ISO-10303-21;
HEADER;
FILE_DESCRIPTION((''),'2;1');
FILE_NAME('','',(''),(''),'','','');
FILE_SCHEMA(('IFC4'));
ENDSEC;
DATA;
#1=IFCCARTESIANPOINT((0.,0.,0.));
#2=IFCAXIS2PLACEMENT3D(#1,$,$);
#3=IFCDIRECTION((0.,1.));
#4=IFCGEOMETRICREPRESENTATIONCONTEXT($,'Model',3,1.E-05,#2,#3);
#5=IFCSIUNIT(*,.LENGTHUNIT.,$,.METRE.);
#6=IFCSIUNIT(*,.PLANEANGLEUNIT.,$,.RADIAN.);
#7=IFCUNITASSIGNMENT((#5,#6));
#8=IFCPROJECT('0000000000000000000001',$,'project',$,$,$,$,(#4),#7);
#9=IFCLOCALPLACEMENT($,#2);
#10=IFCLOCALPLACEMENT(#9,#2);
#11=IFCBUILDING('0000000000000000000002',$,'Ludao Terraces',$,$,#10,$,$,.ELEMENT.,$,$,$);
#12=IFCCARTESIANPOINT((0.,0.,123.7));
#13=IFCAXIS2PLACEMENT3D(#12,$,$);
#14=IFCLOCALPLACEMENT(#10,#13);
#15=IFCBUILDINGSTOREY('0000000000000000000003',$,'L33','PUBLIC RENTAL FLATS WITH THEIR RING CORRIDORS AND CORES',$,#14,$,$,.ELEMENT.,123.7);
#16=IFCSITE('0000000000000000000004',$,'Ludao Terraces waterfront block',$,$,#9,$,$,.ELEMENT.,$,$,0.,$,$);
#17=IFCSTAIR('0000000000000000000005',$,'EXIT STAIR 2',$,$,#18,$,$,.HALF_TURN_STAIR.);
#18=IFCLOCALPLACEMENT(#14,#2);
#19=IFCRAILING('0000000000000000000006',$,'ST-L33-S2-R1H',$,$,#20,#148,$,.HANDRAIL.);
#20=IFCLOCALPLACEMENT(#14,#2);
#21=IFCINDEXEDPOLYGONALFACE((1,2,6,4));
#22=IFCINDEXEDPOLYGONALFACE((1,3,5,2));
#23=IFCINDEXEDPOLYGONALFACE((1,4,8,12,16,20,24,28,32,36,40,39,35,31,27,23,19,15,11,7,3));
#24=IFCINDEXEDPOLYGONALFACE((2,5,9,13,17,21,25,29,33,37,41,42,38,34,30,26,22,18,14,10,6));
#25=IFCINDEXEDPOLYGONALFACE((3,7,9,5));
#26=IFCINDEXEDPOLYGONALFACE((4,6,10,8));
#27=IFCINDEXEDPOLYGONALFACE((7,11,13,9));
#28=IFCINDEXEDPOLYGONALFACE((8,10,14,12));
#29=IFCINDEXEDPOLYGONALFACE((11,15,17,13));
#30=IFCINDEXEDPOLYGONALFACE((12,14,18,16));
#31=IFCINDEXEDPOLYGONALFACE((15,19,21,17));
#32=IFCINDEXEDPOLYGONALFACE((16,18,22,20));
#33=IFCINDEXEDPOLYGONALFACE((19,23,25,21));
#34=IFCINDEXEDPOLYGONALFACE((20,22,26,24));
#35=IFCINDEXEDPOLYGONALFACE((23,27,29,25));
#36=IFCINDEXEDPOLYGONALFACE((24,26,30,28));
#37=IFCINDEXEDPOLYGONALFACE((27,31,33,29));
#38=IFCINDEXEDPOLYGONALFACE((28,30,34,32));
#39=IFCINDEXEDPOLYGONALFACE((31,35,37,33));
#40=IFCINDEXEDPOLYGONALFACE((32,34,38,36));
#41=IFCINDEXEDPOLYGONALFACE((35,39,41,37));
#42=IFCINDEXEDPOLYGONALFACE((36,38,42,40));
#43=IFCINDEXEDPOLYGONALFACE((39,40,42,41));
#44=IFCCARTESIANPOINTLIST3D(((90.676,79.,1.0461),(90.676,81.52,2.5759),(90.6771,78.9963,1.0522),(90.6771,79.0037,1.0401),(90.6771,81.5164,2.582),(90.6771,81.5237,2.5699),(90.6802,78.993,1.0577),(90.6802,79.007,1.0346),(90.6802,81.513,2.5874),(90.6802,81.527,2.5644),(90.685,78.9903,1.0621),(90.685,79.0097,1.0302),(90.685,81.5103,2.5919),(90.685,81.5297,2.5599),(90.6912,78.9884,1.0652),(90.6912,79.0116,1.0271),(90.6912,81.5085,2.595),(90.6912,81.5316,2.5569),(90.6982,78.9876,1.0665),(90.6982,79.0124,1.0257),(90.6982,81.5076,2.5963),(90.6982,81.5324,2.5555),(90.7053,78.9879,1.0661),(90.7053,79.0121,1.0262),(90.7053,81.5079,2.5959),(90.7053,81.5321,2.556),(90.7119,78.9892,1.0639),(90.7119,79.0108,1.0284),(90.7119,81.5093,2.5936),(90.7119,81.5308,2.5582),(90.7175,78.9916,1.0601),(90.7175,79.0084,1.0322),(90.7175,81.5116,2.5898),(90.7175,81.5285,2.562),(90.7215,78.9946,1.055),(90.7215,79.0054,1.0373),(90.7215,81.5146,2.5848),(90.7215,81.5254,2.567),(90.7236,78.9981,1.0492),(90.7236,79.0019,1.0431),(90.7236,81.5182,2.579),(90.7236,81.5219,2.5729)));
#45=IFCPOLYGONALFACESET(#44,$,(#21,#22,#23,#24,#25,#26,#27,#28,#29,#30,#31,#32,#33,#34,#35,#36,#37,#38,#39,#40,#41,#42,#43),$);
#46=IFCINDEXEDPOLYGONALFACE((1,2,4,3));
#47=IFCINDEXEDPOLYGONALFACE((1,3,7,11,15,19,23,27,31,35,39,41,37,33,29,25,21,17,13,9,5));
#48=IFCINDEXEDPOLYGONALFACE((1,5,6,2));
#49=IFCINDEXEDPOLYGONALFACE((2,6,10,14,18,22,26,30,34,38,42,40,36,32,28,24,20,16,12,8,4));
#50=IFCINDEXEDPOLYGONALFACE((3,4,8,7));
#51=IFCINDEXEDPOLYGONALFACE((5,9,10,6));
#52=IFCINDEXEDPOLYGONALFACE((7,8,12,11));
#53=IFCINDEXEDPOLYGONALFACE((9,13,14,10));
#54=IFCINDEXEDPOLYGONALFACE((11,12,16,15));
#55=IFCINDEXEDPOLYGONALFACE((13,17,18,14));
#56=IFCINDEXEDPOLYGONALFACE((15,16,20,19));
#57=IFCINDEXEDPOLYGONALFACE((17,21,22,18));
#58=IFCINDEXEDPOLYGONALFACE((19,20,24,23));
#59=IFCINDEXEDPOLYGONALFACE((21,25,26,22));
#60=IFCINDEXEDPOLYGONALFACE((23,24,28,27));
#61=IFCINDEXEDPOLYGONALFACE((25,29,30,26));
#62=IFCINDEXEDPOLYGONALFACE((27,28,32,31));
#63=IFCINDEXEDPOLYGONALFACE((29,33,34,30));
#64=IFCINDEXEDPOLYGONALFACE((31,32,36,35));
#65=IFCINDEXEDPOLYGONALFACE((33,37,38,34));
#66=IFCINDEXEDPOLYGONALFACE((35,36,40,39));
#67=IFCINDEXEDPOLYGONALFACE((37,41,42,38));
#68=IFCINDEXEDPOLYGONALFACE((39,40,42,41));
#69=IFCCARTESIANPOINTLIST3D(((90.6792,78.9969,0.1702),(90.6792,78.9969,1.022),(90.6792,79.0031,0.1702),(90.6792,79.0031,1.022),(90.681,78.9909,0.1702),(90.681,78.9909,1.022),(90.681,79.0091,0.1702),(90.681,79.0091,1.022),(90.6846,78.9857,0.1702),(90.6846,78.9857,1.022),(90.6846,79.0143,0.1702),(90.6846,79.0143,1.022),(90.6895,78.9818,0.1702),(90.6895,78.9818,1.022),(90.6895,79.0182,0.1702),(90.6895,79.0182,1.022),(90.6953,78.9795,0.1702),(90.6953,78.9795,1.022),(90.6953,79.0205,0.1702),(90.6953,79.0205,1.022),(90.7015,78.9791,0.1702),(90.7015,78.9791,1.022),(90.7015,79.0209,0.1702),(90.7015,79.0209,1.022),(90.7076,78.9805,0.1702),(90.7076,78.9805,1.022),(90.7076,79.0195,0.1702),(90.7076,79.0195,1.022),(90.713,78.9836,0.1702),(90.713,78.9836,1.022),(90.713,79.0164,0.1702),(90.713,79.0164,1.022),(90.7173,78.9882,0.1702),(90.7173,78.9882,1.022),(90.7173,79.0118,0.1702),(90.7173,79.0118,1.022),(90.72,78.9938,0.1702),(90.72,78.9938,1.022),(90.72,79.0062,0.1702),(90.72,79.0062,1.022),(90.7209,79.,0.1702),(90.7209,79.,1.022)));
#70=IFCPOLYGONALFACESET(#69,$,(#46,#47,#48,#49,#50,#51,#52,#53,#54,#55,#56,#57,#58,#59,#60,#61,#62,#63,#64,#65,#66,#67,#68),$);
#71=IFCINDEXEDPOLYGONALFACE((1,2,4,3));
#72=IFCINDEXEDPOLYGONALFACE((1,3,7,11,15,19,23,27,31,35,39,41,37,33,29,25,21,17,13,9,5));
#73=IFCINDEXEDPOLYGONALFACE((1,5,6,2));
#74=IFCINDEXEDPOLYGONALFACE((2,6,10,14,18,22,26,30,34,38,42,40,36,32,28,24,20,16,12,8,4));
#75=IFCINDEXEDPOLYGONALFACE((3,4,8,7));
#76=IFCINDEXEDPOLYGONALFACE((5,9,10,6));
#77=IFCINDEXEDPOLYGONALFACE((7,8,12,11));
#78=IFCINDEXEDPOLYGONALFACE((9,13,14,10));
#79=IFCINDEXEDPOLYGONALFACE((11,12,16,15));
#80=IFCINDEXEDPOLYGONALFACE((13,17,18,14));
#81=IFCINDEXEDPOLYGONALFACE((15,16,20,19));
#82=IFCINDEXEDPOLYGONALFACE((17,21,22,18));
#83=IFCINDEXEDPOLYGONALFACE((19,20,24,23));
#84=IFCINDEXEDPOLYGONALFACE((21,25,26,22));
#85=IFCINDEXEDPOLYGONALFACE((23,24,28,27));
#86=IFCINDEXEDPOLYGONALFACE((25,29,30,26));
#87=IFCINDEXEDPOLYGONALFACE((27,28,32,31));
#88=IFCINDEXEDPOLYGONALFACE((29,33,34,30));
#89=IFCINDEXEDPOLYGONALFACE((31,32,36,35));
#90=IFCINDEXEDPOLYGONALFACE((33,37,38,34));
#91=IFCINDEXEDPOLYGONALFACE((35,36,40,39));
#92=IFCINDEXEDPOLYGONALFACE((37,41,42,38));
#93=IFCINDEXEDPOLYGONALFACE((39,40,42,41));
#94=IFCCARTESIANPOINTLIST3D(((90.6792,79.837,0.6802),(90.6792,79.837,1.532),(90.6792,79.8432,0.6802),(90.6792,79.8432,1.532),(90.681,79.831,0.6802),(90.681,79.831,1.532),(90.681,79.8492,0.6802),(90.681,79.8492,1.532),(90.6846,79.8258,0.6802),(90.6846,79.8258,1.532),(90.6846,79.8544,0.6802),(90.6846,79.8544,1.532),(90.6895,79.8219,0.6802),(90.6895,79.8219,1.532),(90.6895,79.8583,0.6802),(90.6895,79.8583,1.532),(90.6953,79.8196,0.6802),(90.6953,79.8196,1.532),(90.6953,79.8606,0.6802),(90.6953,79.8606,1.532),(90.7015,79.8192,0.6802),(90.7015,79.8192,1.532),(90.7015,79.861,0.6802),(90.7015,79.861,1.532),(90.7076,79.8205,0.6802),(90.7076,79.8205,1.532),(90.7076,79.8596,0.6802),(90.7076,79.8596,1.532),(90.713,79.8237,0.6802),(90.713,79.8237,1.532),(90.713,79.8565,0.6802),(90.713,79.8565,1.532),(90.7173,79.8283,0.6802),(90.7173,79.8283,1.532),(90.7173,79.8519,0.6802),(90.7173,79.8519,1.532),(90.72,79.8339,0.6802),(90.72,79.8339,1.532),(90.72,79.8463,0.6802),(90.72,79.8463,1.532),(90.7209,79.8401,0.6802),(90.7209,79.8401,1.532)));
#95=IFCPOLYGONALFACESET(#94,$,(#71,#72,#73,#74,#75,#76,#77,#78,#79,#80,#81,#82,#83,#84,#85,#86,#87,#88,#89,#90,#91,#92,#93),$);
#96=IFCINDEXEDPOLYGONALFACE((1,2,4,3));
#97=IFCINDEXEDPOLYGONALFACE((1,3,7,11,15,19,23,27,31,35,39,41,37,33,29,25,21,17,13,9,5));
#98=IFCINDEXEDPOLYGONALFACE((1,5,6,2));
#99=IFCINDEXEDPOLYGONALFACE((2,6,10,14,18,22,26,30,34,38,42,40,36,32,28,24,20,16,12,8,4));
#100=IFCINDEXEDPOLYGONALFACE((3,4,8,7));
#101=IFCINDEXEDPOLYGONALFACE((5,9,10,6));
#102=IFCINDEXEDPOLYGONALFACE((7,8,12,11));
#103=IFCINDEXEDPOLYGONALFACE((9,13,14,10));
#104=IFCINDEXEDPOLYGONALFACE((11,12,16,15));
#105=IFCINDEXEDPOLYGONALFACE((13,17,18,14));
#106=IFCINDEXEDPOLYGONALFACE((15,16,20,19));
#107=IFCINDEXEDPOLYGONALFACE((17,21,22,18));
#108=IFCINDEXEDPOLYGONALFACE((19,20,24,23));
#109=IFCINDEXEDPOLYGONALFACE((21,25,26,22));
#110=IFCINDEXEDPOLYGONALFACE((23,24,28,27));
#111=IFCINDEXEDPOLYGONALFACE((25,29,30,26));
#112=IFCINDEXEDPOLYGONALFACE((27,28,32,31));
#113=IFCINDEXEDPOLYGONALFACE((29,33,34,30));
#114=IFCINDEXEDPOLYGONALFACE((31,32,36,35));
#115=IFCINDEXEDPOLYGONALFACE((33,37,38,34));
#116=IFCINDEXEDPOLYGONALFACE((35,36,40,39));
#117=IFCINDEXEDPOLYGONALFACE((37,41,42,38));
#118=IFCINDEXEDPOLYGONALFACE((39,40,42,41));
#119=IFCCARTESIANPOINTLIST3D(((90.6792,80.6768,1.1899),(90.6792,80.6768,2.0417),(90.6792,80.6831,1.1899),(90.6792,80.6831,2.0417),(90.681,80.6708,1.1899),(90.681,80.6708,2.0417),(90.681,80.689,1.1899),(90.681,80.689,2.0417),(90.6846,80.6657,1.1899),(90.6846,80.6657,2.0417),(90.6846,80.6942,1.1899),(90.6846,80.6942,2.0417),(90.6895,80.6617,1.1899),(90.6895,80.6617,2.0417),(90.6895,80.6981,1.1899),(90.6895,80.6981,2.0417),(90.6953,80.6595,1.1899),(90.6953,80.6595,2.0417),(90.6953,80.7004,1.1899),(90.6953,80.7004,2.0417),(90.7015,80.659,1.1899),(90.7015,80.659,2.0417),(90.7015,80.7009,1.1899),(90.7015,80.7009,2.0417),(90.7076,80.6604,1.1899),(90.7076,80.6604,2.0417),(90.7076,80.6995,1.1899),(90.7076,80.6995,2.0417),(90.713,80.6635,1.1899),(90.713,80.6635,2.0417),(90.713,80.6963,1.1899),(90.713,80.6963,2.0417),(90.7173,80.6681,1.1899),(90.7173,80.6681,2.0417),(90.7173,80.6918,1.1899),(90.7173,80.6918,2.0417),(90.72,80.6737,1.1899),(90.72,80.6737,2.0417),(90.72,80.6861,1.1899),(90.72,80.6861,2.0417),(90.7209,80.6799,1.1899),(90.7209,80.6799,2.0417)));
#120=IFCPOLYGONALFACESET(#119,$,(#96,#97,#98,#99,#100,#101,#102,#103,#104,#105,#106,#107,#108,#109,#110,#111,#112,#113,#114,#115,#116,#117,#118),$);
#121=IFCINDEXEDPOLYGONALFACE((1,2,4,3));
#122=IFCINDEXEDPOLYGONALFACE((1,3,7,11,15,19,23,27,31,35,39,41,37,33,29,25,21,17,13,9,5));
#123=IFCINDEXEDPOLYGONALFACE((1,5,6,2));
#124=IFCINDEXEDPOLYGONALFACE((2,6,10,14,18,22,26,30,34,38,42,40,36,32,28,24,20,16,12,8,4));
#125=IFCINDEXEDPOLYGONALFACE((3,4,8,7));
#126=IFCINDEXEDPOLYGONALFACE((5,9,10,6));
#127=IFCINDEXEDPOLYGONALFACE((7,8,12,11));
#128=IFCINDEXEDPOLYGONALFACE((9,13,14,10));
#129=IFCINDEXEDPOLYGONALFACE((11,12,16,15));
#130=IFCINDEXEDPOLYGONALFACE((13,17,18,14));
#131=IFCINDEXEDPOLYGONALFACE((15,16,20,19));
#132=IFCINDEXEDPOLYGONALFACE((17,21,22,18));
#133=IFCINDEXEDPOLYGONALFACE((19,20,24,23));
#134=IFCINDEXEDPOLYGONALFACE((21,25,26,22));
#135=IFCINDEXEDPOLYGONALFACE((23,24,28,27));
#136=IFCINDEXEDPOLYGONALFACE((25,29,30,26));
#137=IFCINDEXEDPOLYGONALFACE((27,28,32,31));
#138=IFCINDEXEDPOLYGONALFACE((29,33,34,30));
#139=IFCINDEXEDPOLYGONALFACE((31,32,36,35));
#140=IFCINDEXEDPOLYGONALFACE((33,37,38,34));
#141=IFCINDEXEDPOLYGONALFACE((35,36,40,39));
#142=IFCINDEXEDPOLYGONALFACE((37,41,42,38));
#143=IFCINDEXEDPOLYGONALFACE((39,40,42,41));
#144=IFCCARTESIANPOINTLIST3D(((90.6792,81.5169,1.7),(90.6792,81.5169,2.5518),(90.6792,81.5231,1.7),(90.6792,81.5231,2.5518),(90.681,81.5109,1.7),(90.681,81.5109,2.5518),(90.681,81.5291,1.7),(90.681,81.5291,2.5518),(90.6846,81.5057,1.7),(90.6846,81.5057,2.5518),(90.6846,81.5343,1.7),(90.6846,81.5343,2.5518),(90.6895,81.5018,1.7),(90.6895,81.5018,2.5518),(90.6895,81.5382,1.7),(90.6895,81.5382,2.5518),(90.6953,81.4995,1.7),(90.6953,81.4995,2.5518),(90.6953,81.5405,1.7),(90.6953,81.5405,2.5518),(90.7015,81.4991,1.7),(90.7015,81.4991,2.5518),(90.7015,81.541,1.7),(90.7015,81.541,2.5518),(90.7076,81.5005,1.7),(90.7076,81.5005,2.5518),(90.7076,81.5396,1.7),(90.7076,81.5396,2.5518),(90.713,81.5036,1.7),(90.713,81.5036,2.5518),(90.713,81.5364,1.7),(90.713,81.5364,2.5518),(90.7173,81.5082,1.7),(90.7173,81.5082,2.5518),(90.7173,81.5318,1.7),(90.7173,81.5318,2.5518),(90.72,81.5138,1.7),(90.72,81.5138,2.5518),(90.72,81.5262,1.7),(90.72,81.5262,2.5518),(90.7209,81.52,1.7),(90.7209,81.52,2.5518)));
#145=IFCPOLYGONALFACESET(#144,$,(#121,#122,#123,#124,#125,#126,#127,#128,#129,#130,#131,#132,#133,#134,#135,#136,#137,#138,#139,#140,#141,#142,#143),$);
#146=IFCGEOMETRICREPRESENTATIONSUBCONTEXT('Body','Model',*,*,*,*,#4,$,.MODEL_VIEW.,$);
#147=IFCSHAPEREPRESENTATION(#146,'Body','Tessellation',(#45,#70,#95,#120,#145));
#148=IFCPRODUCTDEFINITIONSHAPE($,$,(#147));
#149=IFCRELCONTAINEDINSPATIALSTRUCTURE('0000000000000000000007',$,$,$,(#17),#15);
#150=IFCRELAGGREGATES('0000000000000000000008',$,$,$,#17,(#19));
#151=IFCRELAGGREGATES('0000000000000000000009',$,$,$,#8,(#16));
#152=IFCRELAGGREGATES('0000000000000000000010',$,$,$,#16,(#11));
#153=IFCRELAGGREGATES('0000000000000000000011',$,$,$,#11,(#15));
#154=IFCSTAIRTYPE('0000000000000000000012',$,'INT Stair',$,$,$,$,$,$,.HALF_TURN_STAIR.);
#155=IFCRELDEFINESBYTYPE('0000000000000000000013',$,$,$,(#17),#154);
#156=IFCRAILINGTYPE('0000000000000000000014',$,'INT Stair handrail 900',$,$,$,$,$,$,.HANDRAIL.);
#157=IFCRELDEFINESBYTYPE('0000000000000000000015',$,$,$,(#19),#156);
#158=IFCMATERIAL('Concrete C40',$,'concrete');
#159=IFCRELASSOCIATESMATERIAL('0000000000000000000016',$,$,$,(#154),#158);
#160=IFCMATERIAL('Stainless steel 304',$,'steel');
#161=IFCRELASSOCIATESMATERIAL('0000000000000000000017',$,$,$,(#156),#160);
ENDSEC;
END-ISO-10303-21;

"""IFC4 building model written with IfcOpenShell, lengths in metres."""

from ifc_helpers import new_model, si_unit, direction, frame, origin, origin_2d, place, context, subcontext, project, spatial, circle, extrude, material, type_object, element, aggregate, save


model = new_model("IFC4")

# Units and contexts
model_context = context("Model", 3, precision=1e-05, world=origin(), true_north=direction((0.0, 1.0)))
body_context = subcontext(model_context, "Body", "Model", "MODEL_VIEW")
ifc_project = project(units=[si_unit("LENGTHUNIT", "METRE"), si_unit("PLANEANGLEUNIT", "RADIAN")], contexts=[model_context])

# Site, building, storey
site_placement = place(None, origin())
site = spatial("IfcSite", under=ifc_project, at=site_placement, Name="Ludao Terraces waterfront block", CompositionType="ELEMENT", RefElevation=0.0)
building_placement = place(site_placement, origin())
building = spatial("IfcBuilding", under=site, at=building_placement, Name="Ludao Terraces", CompositionType="ELEMENT")
storey_placement = place(building_placement, frame((0.0, 0.0, 123.7)))
storey = spatial("IfcBuildingStorey", under=building, at=storey_placement, Name="L33", Description="PUBLIC RENTAL FLATS WITH THEIR RING CORRIDORS AND CORES", CompositionType="ELEMENT", Elevation=123.7)

# Stair, railing
ifc_material_1 = material(Name="Concrete C40", Category="concrete")
stair_type = type_object("IfcStairType", Name="INT Stair", PredefinedType="HALF_TURN_STAIR", material=ifc_material_1)
stair_placement = place(storey_placement, origin())
stair = element("IfcStair", 1, at=stair_placement, inside=storey, type_object=stair_type, Name="EXIT STAIR 2", PredefinedType="HALF_TURN_STAIR")
ifc_material_2 = material(Name="Stainless steel 304", Category="steel")
railing_type_1 = type_object("IfcRailingType", Name="INT Stair handrail 900", PredefinedType="HANDRAIL", material=ifc_material_2)
railing_1_placement = place(storey_placement, frame((90.7, 79.0, 0.1702)))
railing_1 = element("IfcRailing", 2, at=railing_1_placement, type_object=railing_type_1, Name="ST-L33-S2-R1H", PredefinedType="HANDRAIL", context=body_context, shape_type="SweptSolid", body=[
    extrude(circle(Radius=0.0239, at=origin_2d()), frame((0.0, 0.0, 0.876), z_axis=(0.0, 0.854822, 0.518922), x_axis=(-1.0, 0.0, 0.0)), (0.0, 0.0, 1.0), 2.948),
    extrude(circle(Radius=0.021, at=origin_2d()), origin(), (0.0, 0.0, 1.0), 0.8518),
    extrude(circle(Radius=0.021, at=origin_2d()), frame((0.0, 0.8401, 0.51)), (0.0, 0.0, 1.0), 0.8518),
    extrude(circle(Radius=0.021, at=origin_2d()), frame((0.0, 1.6799, 1.0198)), (0.0, 0.0, 1.0), 0.8518),
    extrude(circle(Radius=0.021, at=origin_2d()), frame((0.0, 2.52, 1.5298)), (0.0, 0.0, 1.0), 0.8518),
])
aggregate(stair, [railing_1])

save(model, "model.ifc")
